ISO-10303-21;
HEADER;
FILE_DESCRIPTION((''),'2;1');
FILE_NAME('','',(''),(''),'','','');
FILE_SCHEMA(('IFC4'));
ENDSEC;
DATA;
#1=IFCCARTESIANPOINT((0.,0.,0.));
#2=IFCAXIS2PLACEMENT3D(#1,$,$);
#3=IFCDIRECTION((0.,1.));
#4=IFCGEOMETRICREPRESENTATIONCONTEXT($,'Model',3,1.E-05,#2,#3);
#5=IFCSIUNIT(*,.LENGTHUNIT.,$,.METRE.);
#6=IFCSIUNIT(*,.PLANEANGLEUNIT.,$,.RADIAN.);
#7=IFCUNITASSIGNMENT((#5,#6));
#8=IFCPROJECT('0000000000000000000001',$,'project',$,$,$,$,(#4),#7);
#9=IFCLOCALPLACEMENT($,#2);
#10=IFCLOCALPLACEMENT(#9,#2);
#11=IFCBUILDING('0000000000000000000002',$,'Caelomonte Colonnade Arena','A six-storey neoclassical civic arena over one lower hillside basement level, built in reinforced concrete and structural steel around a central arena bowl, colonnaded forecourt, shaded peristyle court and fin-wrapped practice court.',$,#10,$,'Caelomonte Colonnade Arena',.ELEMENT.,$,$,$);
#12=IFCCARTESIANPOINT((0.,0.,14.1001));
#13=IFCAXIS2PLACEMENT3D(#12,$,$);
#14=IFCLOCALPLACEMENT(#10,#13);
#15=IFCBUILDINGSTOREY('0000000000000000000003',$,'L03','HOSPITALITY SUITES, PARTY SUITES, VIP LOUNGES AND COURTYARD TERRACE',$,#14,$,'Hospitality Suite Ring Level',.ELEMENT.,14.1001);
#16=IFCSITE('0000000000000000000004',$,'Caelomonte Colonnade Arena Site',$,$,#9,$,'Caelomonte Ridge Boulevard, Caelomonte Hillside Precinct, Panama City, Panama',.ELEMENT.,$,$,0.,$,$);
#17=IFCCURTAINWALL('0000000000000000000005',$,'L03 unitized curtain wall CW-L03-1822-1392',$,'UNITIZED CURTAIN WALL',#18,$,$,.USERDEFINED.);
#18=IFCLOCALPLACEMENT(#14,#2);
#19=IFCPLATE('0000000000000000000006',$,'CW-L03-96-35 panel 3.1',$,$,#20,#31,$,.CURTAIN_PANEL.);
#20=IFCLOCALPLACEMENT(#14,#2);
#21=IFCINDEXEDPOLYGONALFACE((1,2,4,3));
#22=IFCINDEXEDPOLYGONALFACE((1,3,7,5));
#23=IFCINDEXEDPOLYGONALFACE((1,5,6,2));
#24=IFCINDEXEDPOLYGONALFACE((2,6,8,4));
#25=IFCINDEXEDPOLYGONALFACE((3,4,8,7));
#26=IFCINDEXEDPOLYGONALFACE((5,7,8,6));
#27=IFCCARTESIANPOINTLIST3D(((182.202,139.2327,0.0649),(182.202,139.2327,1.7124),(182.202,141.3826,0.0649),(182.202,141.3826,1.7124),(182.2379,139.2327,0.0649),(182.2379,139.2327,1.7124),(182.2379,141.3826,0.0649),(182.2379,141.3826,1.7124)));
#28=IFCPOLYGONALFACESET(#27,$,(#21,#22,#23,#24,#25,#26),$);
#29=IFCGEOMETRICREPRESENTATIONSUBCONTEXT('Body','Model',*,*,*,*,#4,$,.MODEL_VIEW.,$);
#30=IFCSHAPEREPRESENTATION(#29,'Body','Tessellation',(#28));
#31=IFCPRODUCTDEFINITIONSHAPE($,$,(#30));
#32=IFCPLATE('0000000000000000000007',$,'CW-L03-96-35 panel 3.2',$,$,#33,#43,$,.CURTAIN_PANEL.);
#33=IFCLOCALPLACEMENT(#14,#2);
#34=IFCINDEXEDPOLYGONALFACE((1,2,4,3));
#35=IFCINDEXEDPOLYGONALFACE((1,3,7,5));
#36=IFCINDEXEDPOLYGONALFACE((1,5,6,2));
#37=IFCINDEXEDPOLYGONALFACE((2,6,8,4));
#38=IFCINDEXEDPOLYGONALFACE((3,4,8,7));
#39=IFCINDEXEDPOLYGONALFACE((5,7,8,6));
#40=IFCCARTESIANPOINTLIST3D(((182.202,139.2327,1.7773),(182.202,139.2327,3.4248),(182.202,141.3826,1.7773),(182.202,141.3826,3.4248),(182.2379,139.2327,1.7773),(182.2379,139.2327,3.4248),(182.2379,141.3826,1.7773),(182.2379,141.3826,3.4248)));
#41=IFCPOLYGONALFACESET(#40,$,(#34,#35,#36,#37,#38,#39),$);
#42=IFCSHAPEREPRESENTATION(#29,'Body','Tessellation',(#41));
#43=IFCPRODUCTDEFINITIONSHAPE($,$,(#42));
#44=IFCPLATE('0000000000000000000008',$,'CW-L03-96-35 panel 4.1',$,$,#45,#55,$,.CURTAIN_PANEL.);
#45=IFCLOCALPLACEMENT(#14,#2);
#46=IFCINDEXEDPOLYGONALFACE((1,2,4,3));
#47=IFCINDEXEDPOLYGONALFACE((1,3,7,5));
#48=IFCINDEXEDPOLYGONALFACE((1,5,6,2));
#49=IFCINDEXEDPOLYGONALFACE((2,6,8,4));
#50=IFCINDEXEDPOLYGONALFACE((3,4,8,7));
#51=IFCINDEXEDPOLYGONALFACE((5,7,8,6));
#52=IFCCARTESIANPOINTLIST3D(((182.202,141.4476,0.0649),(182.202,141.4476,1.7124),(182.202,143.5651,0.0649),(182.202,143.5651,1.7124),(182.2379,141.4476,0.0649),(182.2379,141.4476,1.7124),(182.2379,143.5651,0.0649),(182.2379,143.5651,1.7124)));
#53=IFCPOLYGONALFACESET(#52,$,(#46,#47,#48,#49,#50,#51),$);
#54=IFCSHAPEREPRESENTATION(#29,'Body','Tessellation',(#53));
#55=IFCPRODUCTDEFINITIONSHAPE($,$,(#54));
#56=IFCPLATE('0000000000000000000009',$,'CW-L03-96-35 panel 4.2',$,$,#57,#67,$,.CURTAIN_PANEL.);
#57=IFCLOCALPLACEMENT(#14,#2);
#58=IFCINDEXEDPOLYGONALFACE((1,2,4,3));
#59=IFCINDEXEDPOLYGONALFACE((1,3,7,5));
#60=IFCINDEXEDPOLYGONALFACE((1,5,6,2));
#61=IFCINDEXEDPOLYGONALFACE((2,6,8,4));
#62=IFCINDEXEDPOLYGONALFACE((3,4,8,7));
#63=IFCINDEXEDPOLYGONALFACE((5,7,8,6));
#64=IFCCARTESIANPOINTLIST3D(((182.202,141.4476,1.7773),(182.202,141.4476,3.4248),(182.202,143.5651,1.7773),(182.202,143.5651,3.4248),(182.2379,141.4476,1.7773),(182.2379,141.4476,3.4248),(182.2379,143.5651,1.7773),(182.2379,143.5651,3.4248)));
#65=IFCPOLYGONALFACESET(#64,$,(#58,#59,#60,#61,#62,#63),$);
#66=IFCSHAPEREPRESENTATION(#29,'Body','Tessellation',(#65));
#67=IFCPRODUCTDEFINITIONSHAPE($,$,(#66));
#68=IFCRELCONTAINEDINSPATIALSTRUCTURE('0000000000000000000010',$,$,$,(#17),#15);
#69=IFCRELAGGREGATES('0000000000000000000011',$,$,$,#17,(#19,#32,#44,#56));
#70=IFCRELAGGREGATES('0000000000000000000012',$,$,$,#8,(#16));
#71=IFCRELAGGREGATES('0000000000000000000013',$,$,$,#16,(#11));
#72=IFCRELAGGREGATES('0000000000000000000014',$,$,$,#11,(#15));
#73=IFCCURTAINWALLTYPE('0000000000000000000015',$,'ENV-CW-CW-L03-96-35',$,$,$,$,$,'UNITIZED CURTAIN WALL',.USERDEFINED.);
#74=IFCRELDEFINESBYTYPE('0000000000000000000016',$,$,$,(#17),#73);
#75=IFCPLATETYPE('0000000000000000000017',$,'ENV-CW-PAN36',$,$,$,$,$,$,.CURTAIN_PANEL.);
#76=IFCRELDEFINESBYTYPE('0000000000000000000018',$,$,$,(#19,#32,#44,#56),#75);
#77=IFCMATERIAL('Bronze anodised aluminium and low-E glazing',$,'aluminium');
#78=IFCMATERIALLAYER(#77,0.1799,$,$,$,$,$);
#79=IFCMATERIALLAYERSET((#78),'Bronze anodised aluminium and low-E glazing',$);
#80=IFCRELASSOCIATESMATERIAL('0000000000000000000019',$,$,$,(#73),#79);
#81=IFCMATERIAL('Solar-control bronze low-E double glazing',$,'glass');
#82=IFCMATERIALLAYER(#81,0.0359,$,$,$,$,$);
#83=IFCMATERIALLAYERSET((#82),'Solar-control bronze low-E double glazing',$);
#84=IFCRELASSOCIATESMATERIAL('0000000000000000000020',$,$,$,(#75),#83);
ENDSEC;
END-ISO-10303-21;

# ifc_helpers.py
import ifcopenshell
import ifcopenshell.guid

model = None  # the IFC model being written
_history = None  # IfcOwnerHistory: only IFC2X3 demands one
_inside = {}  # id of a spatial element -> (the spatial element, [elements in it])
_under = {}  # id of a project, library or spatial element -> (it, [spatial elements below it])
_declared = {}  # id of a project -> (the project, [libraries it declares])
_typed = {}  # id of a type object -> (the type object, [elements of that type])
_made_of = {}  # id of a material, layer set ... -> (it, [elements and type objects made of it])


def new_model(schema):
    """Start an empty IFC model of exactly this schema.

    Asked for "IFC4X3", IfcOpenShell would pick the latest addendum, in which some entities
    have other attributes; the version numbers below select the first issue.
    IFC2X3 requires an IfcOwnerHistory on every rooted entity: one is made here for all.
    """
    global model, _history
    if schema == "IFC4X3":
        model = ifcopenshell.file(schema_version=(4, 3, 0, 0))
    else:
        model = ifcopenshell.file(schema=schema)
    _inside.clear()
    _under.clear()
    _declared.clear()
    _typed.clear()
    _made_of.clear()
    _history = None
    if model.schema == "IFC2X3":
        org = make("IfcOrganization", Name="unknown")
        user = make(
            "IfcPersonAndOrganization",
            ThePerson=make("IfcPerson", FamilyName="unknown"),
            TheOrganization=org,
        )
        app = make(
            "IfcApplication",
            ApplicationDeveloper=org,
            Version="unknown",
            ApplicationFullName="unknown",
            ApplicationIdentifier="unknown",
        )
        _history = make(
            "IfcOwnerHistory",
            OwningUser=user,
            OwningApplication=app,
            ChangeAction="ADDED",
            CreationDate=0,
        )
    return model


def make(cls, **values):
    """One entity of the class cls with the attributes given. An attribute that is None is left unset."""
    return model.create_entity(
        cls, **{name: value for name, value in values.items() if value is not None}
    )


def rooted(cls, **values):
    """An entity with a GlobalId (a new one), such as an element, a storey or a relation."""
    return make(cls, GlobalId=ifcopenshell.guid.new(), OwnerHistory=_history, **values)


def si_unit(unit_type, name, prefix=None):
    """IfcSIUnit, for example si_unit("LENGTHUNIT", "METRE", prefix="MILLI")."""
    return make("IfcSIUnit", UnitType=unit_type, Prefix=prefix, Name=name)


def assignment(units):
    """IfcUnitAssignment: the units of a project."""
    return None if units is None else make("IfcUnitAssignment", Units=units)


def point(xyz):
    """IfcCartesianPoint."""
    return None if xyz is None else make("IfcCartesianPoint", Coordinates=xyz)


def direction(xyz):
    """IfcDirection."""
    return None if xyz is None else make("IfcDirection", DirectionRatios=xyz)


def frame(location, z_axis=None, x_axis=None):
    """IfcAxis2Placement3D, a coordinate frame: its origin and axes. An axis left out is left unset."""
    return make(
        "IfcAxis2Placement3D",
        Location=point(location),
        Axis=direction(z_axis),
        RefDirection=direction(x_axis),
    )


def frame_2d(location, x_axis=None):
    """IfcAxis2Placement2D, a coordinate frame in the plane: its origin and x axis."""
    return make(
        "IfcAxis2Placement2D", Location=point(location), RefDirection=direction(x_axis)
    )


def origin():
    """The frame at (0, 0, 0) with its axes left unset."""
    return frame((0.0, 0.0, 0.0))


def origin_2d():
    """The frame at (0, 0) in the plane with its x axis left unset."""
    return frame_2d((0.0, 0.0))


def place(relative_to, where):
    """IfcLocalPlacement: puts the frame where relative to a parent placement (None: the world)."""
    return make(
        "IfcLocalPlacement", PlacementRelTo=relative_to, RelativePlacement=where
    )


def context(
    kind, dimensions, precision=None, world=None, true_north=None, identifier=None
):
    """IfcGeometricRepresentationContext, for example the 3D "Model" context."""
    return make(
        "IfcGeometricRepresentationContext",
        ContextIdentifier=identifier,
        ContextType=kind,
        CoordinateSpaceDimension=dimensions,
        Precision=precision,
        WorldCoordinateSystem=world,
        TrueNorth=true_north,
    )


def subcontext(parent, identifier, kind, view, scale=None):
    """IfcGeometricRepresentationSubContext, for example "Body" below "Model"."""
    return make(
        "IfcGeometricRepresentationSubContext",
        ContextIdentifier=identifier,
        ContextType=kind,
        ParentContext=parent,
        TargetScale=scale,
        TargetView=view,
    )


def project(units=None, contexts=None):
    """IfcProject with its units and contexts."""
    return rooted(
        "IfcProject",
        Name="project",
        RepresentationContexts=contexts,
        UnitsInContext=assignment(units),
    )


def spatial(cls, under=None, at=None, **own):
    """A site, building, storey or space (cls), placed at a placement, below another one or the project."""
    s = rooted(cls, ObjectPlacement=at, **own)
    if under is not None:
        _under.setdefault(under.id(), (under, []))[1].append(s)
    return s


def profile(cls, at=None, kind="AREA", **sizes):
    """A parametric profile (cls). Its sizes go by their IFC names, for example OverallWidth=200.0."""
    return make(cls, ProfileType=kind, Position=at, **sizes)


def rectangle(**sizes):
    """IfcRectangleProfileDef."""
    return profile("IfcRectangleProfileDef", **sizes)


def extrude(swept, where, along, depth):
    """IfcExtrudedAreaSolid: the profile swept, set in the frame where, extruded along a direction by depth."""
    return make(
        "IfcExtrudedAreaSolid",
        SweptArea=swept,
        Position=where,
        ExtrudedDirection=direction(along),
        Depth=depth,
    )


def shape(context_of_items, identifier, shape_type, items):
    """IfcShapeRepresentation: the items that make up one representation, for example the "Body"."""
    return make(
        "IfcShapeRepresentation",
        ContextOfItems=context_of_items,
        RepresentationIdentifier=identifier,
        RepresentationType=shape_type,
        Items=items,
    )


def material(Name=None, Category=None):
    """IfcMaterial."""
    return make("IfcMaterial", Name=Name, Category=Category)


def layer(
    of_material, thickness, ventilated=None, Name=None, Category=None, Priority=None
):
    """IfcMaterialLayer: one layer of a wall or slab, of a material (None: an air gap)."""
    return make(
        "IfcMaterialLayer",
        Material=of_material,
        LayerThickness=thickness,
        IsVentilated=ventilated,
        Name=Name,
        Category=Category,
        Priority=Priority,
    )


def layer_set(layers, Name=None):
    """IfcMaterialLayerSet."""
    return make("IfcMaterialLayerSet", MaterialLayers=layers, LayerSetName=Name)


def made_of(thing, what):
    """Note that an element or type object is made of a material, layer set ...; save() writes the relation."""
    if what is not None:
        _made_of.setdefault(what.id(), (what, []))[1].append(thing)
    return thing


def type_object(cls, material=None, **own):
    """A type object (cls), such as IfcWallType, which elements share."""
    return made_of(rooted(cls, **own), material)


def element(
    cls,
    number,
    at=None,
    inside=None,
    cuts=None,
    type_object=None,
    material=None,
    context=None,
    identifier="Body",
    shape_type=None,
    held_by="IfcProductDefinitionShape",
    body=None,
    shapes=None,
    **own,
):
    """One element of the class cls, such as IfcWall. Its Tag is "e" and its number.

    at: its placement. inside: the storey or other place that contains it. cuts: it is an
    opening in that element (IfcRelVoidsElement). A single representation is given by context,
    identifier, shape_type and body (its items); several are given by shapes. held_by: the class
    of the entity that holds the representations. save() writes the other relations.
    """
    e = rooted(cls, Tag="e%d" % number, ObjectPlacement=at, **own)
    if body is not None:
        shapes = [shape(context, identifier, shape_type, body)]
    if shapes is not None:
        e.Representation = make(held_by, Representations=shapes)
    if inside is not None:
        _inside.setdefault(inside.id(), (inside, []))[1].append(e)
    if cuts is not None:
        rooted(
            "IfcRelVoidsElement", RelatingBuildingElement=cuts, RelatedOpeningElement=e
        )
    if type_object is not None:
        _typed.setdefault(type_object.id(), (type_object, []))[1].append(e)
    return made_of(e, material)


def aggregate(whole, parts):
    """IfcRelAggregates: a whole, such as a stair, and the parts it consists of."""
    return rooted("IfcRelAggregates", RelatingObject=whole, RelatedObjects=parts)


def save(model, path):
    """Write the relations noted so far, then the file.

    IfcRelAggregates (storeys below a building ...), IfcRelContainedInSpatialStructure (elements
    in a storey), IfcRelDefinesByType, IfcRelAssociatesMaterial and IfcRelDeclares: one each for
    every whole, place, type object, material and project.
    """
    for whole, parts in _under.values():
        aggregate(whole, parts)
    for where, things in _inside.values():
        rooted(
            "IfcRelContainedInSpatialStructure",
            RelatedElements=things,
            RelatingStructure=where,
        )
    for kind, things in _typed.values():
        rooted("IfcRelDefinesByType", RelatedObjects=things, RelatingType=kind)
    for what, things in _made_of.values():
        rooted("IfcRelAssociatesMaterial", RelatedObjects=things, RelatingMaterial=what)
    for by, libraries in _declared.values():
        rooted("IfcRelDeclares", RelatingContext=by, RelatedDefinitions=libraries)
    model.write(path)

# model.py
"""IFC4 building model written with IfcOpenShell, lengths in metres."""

from ifc_helpers import new_model, si_unit, direction, frame, origin, origin_2d, place, context, subcontext, project, spatial, rectangle, extrude, material, layer, layer_set, type_object, element, aggregate, save


model = new_model("IFC4")

# Units and contexts
model_context = context("Model", 3, precision=1e-05, world=origin(), true_north=direction((0.0, 1.0)))
body_context = subcontext(model_context, "Body", "Model", "MODEL_VIEW")
ifc_project = project(units=[si_unit("LENGTHUNIT", "METRE"), si_unit("PLANEANGLEUNIT", "RADIAN")], contexts=[model_context])

# Site, building, storey
site_placement = place(None, origin())
site = spatial("IfcSite", under=ifc_project, at=site_placement, Name="Caelomonte Colonnade Arena Site", LongName="Caelomonte Ridge Boulevard, Caelomonte Hillside Precinct, Panama City, Panama", CompositionType="ELEMENT", RefElevation=0.0)
building_placement = place(site_placement, origin())
building = spatial("IfcBuilding", under=site, at=building_placement, Name="Caelomonte Colonnade Arena", Description="A six-storey neoclassical civic arena over one lower hillside basement level, built in reinforced concrete and structural steel around a central arena bowl, colonnaded forecourt, shaded peristyle court and fin-wrapped practice court.", LongName="Caelomonte Colonnade Arena", CompositionType="ELEMENT")
storey_placement = place(building_placement, frame((0.0, 0.0, 14.1001)))
storey = spatial("IfcBuildingStorey", under=building, at=storey_placement, Name="L03", Description="HOSPITALITY SUITES, PARTY SUITES, VIP LOUNGES AND COURTYARD TERRACE", LongName="Hospitality Suite Ring Level", CompositionType="ELEMENT", Elevation=14.1001)

# Curtain wall
ifc_material_1 = material(Name="Bronze anodised aluminium and low-E glazing", Category="aluminium")
ifc_layer_1 = layer(ifc_material_1, 0.1799)
ifc_layer_set_1 = layer_set([ifc_layer_1], Name="Bronze anodised aluminium and low-E glazing")
curtain_wall_type = type_object("IfcCurtainWallType", Name="ENV-CW-CW-L03-96-35", ElementType="UNITIZED CURTAIN WALL", PredefinedType="USERDEFINED", material=ifc_layer_set_1)
curtain_wall_1_placement = place(storey_placement, origin())
curtain_wall_1 = element("IfcCurtainWall", 1, at=curtain_wall_1_placement, inside=storey, type_object=curtain_wall_type, Name="L03 unitized curtain wall CW-L03-1822-1392", ObjectType="UNITIZED CURTAIN WALL", PredefinedType="USERDEFINED")

# Plates
ifc_material_2 = material(Name="Solar-control bronze low-E double glazing", Category="glass")
ifc_layer_2 = layer(ifc_material_2, 0.0359)
ifc_layer_set_2 = layer_set([ifc_layer_2], Name="Solar-control bronze low-E double glazing")
plate_type = type_object("IfcPlateType", Name="ENV-CW-PAN36", PredefinedType="CURTAIN_PANEL", material=ifc_layer_set_2)
plate_1_placement = place(storey_placement, frame((182.22, 140.3076, 0.0649), z_axis=(0.0, 0.0, 1.0), x_axis=(0.0, 1.0, 0.0)))
plate_1 = element("IfcPlate", 2, at=plate_1_placement, type_object=plate_type, Name="CW-L03-96-35 panel 3.1", PredefinedType="CURTAIN_PANEL", context=body_context, shape_type="SweptSolid", body=[
    extrude(rectangle(XDim=2.1499, YDim=0.0359, at=origin_2d()), origin(), (0.0, 0.0, 1.0), 1.6475),
])
plate_2_placement = place(storey_placement, frame((182.22, 140.3076, 1.7773), z_axis=(0.0, 0.0, 1.0), x_axis=(0.0, 1.0, 0.0)))
plate_2 = element("IfcPlate", 3, at=plate_2_placement, type_object=plate_type, Name="CW-L03-96-35 panel 3.2", PredefinedType="CURTAIN_PANEL", context=body_context, shape_type="SweptSolid", body=[
    extrude(rectangle(XDim=2.1499, YDim=0.0359, at=origin_2d()), origin(), (0.0, 0.0, 1.0), 1.6475),
])
plate_3_placement = place(storey_placement, frame((182.22, 142.5063, 0.0649), z_axis=(0.0, 0.0, 1.0), x_axis=(0.0, 1.0, 0.0)))
plate_3 = element("IfcPlate", 4, at=plate_3_placement, type_object=plate_type, Name="CW-L03-96-35 panel 4.1", PredefinedType="CURTAIN_PANEL", context=body_context, shape_type="SweptSolid", body=[
    extrude(rectangle(XDim=2.1174, YDim=0.0359, at=origin_2d()), origin(), (0.0, 0.0, 1.0), 1.6475),
])
plate_4_placement = place(storey_placement, frame((182.22, 142.5063, 1.7773), z_axis=(0.0, 0.0, 1.0), x_axis=(0.0, 1.0, 0.0)))
plate_4 = element("IfcPlate", 5, at=plate_4_placement, type_object=plate_type, Name="CW-L03-96-35 panel 4.2", PredefinedType="CURTAIN_PANEL", context=body_context, shape_type="SweptSolid", body=[
    extrude(rectangle(XDim=2.1174, YDim=0.0359, at=origin_2d()), origin(), (0.0, 0.0, 1.0), 1.6475),
])
aggregate(curtain_wall_1, [plate_1, plate_2, plate_3, plate_4])

save(model, "model.ifc")
